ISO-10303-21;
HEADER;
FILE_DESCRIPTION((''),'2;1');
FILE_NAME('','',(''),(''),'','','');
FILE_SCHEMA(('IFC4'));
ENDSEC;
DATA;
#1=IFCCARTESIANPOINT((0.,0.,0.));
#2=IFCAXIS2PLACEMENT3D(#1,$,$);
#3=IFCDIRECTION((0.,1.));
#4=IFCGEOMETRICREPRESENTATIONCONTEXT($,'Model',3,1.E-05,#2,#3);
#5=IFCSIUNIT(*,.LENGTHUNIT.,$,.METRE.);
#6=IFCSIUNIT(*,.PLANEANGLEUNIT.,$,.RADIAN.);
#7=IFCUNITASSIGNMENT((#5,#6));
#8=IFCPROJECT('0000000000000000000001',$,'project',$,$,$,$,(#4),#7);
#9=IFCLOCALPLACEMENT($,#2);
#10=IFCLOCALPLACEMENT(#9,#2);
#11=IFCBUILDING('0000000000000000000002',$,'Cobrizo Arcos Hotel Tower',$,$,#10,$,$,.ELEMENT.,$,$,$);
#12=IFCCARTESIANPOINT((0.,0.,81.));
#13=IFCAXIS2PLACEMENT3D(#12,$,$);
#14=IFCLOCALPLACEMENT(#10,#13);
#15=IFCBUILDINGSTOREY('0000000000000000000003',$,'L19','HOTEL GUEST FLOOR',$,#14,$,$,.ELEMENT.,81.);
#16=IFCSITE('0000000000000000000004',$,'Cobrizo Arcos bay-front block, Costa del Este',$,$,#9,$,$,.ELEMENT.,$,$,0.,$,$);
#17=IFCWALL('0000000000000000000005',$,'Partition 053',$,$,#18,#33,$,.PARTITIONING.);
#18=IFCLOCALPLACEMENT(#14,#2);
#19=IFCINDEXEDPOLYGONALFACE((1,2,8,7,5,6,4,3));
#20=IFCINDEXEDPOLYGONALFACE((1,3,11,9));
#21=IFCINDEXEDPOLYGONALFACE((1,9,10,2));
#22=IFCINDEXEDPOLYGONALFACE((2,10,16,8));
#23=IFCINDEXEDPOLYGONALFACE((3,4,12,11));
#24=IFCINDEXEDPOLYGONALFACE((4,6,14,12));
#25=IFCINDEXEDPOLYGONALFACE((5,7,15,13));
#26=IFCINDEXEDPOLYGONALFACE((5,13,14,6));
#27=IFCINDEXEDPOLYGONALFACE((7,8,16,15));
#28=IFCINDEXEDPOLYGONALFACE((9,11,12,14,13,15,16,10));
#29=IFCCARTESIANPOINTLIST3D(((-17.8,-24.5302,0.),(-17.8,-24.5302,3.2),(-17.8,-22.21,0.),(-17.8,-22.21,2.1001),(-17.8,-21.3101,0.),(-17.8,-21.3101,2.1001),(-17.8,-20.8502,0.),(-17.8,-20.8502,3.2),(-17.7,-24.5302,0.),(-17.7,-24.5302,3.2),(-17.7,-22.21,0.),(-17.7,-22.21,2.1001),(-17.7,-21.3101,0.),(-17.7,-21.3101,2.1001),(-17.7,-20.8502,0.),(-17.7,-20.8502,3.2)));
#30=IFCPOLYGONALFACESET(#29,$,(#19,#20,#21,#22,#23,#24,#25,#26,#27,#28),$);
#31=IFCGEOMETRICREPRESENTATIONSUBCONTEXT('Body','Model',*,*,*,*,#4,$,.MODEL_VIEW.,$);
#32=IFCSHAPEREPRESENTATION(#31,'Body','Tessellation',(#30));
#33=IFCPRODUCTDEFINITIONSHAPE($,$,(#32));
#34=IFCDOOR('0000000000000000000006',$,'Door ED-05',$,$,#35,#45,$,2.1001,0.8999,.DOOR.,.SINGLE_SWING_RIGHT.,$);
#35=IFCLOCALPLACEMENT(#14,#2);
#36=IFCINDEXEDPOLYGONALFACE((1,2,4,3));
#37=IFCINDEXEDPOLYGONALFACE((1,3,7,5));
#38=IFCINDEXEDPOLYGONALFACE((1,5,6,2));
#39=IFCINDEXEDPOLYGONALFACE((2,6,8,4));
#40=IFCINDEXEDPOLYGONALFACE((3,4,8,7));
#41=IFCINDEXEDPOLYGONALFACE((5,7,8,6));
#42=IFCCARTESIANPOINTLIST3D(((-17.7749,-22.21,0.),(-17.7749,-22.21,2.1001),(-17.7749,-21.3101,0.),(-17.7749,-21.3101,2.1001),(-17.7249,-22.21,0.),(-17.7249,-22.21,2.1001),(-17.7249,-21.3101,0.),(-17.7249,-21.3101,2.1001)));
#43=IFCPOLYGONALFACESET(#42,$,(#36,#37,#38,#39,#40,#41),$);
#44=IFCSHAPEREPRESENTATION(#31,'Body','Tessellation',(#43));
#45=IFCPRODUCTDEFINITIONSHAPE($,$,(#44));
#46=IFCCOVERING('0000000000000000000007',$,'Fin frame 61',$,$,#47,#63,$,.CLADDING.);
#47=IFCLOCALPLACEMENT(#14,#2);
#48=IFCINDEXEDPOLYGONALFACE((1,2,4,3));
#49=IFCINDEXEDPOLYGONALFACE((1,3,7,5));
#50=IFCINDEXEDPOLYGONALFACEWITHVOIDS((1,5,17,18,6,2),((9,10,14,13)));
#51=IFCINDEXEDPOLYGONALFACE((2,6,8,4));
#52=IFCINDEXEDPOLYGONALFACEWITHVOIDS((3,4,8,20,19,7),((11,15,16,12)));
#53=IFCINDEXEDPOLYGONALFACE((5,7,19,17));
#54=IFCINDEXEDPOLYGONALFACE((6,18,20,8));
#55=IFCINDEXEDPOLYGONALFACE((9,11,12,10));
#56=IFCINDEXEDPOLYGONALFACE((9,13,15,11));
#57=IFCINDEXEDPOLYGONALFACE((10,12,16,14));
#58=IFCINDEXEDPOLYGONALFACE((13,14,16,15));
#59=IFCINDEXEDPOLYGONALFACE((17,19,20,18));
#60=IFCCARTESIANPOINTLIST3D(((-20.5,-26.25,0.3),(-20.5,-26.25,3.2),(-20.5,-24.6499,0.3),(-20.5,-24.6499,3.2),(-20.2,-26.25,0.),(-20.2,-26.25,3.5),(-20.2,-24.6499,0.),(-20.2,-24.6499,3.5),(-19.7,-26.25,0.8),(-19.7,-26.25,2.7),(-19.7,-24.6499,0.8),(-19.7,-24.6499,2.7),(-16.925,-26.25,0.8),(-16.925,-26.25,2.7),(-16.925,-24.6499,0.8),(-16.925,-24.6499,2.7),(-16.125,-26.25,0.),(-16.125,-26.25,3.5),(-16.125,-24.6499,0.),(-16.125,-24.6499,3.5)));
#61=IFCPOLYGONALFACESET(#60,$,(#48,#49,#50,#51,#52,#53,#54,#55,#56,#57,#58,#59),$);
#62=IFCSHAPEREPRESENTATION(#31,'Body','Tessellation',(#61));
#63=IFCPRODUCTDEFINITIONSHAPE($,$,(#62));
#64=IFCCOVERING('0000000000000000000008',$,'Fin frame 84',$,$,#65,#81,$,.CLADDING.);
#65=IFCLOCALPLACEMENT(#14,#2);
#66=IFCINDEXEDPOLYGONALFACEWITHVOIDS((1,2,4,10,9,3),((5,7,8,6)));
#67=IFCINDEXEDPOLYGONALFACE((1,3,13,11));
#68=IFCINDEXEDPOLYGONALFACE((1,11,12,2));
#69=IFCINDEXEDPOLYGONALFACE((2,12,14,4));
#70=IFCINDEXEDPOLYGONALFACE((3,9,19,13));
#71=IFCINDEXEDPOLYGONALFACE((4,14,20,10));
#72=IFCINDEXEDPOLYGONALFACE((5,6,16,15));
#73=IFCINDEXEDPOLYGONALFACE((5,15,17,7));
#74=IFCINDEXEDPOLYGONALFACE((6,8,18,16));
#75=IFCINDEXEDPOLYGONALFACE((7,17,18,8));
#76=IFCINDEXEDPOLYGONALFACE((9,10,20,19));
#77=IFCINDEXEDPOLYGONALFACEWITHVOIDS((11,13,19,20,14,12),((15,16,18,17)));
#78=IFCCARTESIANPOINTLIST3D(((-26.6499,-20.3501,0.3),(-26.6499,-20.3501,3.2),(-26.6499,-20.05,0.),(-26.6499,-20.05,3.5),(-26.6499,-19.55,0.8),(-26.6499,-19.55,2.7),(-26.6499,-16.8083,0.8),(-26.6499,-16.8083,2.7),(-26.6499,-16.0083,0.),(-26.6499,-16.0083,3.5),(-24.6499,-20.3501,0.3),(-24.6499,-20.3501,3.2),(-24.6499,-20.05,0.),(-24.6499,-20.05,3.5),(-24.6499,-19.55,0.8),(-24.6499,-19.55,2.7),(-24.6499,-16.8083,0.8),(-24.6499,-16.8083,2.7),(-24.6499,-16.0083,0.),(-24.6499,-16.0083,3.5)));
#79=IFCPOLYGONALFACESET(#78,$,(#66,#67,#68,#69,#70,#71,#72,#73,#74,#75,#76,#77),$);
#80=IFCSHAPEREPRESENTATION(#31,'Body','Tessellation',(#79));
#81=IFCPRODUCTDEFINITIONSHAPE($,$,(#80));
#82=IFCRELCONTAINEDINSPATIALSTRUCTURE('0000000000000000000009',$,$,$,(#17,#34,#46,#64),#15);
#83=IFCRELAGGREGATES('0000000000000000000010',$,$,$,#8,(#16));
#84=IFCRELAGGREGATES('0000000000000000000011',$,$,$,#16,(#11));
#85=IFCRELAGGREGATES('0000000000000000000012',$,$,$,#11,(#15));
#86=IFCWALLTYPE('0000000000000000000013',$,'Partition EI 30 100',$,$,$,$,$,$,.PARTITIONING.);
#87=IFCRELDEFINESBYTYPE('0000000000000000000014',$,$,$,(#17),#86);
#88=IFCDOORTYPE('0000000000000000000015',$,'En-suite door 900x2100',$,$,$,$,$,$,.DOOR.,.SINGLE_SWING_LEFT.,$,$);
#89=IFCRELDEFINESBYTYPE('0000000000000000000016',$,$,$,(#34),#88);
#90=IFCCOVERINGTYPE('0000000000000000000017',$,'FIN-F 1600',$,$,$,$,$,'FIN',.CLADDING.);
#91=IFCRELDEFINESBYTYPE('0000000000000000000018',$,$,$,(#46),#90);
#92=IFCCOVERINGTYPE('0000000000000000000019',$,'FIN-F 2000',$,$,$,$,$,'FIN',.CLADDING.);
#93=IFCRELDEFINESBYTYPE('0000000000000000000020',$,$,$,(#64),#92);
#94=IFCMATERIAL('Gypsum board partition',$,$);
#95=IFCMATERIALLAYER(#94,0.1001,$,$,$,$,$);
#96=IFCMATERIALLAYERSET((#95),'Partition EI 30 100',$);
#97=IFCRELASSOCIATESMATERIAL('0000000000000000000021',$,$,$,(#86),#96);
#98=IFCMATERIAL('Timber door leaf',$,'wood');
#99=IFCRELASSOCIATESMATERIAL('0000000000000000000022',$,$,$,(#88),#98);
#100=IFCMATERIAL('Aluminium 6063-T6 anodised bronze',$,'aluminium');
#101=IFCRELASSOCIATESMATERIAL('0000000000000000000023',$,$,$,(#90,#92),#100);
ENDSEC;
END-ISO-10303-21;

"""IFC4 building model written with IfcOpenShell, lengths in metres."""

from ifc_helpers import new_model, si_unit, direction, frame, frame_2d, origin, place, context, subcontext, project, spatial, polyline, rectangle, outline, extrude, material, layer, layer_set, type_object, element, fill, save


model = new_model("IFC4")

# Units and contexts
model_context = context("Model", 3, precision=1e-05, world=origin(), true_north=direction((0.0, 1.0)))
body_context = subcontext(model_context, "Body", "Model", "MODEL_VIEW")
ifc_project = project(units=[si_unit("LENGTHUNIT", "METRE"), si_unit("PLANEANGLEUNIT", "RADIAN")], contexts=[model_context])

# Site, building, storey
site_placement = place(None, origin())
site = spatial("IfcSite", under=ifc_project, at=site_placement, Name="Cobrizo Arcos bay-front block, Costa del Este", CompositionType="ELEMENT", RefElevation=0.0)
building_placement = place(site_placement, origin())
building = spatial("IfcBuilding", under=site, at=building_placement, Name="Cobrizo Arcos Hotel Tower", CompositionType="ELEMENT")
storey_placement = place(building_placement, frame((0.0, 0.0, 81.0)))
storey = spatial("IfcBuildingStorey", under=building, at=storey_placement, Name="L19", Description="HOTEL GUEST FLOOR", CompositionType="ELEMENT", Elevation=81.0)

# Shared definitions
ifc_material_1 = material(Name="Aluminium 6063-T6 anodised bronze", Category="aluminium")

# Shared definitions
ifc_material_2 = material(Name="Gypsum board partition")
ifc_layer_1 = layer(ifc_material_2, 0.1001)
ifc_layer_set_1 = layer_set([ifc_layer_1], Name="Partition EI 30 100")
wall_type = type_object("IfcWallType", Name="Partition EI 30 100", PredefinedType="PARTITIONING", material=ifc_layer_set_1)

# Wall, opening, door
ifc_material_3 = material(Name="Timber door leaf", Category="wood")
wall_1_placement = place(storey_placement, frame((-17.75, -24.53, 0.0), z_axis=(0.0, 0.0, 1.0), x_axis=(0.0, 1.0, 0.0)))
wall_1 = element("IfcWall", 1, at=wall_1_placement, inside=storey, type_object=wall_type, Name="Partition 053", PredefinedType="PARTITIONING", context=body_context, shape_type="SweptSolid", body=[
    extrude(rectangle(XDim=3.6799, YDim=0.1001, at=frame_2d((1.8398, 0.0))), origin(), (0.0, 0.0, 1.0), 3.2),
])
opening_1_placement = place(wall_1_placement, frame((2.3201, 0.0, 0.0)))
opening_1 = element("IfcOpeningElement", 2, at=opening_1_placement, cuts=wall_1, PredefinedType="OPENING", context=body_context, shape_type="SweptSolid", body=[
    extrude(rectangle(XDim=0.8999, YDim=2.1001, at=frame_2d((0.45, 1.05))), frame((0.0, 0.062, 0.0), z_axis=(0.0, -1.0, 0.0), x_axis=(1.0, 0.0, 0.0)), (0.0, 0.0, 1.0), 0.124),
])
door_type_1 = type_object("IfcDoorType", Name="En-suite door 900x2100", OperationType="SINGLE_SWING_LEFT", PredefinedType="DOOR", material=ifc_material_3)
door_1_placement = place(opening_1_placement, origin())
door_1 = element("IfcDoor", 3, at=door_1_placement, inside=storey, type_object=door_type_1, Name="Door ED-05", OperationType="SINGLE_SWING_RIGHT", OverallHeight=2.1001, OverallWidth=0.8999, PredefinedType="DOOR", context=body_context, shape_type="SweptSolid", body=[
    extrude(rectangle(XDim=0.8999, YDim=2.1001, at=frame_2d((0.45, 1.05))), frame((0.0, 0.0249, 0.0), z_axis=(0.0, -1.0, 0.0), x_axis=(1.0, 0.0, 0.0)), (0.0, 0.0, 1.0), 0.05),
])
fill(opening_1, door_1)

# Coverings
covering_type_1 = type_object("IfcCoveringType", Name="FIN-F 1600", ElementType="FIN", PredefinedType="CLADDING", material=ifc_material_1)
covering_1_placement = place(storey_placement, frame((-20.5, -24.6499, 0.0), z_axis=(0.0, -1.0, 0.0), x_axis=(1.0, 0.0, 0.0)))
element("IfcCovering", 4, at=covering_1_placement, inside=storey, type_object=covering_type_1, Name="Fin frame 61", PredefinedType="CLADDING", context=body_context, shape_type="SweptSolid", body=[
    extrude(outline(polyline([(0.0, 0.3), (0.3, 0.0), (4.375, 0.0), (4.375, 3.5), (0.3, 3.5), (0.0, 3.2), (0.0, 0.3)]), holes=[polyline([(3.575, 0.8), (0.8, 0.8), (0.8, 2.7), (3.575, 2.7), (3.575, 0.8)])]), origin(), (0.0, 0.0, 1.0), 1.6001),
])
covering_type_2 = type_object("IfcCoveringType", Name="FIN-F 2000", ElementType="FIN", PredefinedType="CLADDING", material=ifc_material_1)
covering_2_placement = place(storey_placement, frame((-24.6499, -16.0083, 0.0), z_axis=(-1.0, 0.0, 0.0), x_axis=(0.0, -1.0, 0.0)))
element("IfcCovering", 5, at=covering_2_placement, inside=storey, type_object=covering_type_2, Name="Fin frame 84", PredefinedType="CLADDING", context=body_context, shape_type="SweptSolid", body=[
    extrude(outline(polyline([(0.0, 3.5), (0.0, 0.0), (4.0417, 0.0), (4.3418, 0.3), (4.3418, 3.2), (4.0417, 3.5), (0.0, 3.5)]), holes=[polyline([(3.5417, 0.8), (0.8, 0.8), (0.8, 2.7), (3.5417, 2.7), (3.5417, 0.8)])]), origin(), (0.0, 0.0, 1.0), 2.0),
])

save(model, "model.ifc")
